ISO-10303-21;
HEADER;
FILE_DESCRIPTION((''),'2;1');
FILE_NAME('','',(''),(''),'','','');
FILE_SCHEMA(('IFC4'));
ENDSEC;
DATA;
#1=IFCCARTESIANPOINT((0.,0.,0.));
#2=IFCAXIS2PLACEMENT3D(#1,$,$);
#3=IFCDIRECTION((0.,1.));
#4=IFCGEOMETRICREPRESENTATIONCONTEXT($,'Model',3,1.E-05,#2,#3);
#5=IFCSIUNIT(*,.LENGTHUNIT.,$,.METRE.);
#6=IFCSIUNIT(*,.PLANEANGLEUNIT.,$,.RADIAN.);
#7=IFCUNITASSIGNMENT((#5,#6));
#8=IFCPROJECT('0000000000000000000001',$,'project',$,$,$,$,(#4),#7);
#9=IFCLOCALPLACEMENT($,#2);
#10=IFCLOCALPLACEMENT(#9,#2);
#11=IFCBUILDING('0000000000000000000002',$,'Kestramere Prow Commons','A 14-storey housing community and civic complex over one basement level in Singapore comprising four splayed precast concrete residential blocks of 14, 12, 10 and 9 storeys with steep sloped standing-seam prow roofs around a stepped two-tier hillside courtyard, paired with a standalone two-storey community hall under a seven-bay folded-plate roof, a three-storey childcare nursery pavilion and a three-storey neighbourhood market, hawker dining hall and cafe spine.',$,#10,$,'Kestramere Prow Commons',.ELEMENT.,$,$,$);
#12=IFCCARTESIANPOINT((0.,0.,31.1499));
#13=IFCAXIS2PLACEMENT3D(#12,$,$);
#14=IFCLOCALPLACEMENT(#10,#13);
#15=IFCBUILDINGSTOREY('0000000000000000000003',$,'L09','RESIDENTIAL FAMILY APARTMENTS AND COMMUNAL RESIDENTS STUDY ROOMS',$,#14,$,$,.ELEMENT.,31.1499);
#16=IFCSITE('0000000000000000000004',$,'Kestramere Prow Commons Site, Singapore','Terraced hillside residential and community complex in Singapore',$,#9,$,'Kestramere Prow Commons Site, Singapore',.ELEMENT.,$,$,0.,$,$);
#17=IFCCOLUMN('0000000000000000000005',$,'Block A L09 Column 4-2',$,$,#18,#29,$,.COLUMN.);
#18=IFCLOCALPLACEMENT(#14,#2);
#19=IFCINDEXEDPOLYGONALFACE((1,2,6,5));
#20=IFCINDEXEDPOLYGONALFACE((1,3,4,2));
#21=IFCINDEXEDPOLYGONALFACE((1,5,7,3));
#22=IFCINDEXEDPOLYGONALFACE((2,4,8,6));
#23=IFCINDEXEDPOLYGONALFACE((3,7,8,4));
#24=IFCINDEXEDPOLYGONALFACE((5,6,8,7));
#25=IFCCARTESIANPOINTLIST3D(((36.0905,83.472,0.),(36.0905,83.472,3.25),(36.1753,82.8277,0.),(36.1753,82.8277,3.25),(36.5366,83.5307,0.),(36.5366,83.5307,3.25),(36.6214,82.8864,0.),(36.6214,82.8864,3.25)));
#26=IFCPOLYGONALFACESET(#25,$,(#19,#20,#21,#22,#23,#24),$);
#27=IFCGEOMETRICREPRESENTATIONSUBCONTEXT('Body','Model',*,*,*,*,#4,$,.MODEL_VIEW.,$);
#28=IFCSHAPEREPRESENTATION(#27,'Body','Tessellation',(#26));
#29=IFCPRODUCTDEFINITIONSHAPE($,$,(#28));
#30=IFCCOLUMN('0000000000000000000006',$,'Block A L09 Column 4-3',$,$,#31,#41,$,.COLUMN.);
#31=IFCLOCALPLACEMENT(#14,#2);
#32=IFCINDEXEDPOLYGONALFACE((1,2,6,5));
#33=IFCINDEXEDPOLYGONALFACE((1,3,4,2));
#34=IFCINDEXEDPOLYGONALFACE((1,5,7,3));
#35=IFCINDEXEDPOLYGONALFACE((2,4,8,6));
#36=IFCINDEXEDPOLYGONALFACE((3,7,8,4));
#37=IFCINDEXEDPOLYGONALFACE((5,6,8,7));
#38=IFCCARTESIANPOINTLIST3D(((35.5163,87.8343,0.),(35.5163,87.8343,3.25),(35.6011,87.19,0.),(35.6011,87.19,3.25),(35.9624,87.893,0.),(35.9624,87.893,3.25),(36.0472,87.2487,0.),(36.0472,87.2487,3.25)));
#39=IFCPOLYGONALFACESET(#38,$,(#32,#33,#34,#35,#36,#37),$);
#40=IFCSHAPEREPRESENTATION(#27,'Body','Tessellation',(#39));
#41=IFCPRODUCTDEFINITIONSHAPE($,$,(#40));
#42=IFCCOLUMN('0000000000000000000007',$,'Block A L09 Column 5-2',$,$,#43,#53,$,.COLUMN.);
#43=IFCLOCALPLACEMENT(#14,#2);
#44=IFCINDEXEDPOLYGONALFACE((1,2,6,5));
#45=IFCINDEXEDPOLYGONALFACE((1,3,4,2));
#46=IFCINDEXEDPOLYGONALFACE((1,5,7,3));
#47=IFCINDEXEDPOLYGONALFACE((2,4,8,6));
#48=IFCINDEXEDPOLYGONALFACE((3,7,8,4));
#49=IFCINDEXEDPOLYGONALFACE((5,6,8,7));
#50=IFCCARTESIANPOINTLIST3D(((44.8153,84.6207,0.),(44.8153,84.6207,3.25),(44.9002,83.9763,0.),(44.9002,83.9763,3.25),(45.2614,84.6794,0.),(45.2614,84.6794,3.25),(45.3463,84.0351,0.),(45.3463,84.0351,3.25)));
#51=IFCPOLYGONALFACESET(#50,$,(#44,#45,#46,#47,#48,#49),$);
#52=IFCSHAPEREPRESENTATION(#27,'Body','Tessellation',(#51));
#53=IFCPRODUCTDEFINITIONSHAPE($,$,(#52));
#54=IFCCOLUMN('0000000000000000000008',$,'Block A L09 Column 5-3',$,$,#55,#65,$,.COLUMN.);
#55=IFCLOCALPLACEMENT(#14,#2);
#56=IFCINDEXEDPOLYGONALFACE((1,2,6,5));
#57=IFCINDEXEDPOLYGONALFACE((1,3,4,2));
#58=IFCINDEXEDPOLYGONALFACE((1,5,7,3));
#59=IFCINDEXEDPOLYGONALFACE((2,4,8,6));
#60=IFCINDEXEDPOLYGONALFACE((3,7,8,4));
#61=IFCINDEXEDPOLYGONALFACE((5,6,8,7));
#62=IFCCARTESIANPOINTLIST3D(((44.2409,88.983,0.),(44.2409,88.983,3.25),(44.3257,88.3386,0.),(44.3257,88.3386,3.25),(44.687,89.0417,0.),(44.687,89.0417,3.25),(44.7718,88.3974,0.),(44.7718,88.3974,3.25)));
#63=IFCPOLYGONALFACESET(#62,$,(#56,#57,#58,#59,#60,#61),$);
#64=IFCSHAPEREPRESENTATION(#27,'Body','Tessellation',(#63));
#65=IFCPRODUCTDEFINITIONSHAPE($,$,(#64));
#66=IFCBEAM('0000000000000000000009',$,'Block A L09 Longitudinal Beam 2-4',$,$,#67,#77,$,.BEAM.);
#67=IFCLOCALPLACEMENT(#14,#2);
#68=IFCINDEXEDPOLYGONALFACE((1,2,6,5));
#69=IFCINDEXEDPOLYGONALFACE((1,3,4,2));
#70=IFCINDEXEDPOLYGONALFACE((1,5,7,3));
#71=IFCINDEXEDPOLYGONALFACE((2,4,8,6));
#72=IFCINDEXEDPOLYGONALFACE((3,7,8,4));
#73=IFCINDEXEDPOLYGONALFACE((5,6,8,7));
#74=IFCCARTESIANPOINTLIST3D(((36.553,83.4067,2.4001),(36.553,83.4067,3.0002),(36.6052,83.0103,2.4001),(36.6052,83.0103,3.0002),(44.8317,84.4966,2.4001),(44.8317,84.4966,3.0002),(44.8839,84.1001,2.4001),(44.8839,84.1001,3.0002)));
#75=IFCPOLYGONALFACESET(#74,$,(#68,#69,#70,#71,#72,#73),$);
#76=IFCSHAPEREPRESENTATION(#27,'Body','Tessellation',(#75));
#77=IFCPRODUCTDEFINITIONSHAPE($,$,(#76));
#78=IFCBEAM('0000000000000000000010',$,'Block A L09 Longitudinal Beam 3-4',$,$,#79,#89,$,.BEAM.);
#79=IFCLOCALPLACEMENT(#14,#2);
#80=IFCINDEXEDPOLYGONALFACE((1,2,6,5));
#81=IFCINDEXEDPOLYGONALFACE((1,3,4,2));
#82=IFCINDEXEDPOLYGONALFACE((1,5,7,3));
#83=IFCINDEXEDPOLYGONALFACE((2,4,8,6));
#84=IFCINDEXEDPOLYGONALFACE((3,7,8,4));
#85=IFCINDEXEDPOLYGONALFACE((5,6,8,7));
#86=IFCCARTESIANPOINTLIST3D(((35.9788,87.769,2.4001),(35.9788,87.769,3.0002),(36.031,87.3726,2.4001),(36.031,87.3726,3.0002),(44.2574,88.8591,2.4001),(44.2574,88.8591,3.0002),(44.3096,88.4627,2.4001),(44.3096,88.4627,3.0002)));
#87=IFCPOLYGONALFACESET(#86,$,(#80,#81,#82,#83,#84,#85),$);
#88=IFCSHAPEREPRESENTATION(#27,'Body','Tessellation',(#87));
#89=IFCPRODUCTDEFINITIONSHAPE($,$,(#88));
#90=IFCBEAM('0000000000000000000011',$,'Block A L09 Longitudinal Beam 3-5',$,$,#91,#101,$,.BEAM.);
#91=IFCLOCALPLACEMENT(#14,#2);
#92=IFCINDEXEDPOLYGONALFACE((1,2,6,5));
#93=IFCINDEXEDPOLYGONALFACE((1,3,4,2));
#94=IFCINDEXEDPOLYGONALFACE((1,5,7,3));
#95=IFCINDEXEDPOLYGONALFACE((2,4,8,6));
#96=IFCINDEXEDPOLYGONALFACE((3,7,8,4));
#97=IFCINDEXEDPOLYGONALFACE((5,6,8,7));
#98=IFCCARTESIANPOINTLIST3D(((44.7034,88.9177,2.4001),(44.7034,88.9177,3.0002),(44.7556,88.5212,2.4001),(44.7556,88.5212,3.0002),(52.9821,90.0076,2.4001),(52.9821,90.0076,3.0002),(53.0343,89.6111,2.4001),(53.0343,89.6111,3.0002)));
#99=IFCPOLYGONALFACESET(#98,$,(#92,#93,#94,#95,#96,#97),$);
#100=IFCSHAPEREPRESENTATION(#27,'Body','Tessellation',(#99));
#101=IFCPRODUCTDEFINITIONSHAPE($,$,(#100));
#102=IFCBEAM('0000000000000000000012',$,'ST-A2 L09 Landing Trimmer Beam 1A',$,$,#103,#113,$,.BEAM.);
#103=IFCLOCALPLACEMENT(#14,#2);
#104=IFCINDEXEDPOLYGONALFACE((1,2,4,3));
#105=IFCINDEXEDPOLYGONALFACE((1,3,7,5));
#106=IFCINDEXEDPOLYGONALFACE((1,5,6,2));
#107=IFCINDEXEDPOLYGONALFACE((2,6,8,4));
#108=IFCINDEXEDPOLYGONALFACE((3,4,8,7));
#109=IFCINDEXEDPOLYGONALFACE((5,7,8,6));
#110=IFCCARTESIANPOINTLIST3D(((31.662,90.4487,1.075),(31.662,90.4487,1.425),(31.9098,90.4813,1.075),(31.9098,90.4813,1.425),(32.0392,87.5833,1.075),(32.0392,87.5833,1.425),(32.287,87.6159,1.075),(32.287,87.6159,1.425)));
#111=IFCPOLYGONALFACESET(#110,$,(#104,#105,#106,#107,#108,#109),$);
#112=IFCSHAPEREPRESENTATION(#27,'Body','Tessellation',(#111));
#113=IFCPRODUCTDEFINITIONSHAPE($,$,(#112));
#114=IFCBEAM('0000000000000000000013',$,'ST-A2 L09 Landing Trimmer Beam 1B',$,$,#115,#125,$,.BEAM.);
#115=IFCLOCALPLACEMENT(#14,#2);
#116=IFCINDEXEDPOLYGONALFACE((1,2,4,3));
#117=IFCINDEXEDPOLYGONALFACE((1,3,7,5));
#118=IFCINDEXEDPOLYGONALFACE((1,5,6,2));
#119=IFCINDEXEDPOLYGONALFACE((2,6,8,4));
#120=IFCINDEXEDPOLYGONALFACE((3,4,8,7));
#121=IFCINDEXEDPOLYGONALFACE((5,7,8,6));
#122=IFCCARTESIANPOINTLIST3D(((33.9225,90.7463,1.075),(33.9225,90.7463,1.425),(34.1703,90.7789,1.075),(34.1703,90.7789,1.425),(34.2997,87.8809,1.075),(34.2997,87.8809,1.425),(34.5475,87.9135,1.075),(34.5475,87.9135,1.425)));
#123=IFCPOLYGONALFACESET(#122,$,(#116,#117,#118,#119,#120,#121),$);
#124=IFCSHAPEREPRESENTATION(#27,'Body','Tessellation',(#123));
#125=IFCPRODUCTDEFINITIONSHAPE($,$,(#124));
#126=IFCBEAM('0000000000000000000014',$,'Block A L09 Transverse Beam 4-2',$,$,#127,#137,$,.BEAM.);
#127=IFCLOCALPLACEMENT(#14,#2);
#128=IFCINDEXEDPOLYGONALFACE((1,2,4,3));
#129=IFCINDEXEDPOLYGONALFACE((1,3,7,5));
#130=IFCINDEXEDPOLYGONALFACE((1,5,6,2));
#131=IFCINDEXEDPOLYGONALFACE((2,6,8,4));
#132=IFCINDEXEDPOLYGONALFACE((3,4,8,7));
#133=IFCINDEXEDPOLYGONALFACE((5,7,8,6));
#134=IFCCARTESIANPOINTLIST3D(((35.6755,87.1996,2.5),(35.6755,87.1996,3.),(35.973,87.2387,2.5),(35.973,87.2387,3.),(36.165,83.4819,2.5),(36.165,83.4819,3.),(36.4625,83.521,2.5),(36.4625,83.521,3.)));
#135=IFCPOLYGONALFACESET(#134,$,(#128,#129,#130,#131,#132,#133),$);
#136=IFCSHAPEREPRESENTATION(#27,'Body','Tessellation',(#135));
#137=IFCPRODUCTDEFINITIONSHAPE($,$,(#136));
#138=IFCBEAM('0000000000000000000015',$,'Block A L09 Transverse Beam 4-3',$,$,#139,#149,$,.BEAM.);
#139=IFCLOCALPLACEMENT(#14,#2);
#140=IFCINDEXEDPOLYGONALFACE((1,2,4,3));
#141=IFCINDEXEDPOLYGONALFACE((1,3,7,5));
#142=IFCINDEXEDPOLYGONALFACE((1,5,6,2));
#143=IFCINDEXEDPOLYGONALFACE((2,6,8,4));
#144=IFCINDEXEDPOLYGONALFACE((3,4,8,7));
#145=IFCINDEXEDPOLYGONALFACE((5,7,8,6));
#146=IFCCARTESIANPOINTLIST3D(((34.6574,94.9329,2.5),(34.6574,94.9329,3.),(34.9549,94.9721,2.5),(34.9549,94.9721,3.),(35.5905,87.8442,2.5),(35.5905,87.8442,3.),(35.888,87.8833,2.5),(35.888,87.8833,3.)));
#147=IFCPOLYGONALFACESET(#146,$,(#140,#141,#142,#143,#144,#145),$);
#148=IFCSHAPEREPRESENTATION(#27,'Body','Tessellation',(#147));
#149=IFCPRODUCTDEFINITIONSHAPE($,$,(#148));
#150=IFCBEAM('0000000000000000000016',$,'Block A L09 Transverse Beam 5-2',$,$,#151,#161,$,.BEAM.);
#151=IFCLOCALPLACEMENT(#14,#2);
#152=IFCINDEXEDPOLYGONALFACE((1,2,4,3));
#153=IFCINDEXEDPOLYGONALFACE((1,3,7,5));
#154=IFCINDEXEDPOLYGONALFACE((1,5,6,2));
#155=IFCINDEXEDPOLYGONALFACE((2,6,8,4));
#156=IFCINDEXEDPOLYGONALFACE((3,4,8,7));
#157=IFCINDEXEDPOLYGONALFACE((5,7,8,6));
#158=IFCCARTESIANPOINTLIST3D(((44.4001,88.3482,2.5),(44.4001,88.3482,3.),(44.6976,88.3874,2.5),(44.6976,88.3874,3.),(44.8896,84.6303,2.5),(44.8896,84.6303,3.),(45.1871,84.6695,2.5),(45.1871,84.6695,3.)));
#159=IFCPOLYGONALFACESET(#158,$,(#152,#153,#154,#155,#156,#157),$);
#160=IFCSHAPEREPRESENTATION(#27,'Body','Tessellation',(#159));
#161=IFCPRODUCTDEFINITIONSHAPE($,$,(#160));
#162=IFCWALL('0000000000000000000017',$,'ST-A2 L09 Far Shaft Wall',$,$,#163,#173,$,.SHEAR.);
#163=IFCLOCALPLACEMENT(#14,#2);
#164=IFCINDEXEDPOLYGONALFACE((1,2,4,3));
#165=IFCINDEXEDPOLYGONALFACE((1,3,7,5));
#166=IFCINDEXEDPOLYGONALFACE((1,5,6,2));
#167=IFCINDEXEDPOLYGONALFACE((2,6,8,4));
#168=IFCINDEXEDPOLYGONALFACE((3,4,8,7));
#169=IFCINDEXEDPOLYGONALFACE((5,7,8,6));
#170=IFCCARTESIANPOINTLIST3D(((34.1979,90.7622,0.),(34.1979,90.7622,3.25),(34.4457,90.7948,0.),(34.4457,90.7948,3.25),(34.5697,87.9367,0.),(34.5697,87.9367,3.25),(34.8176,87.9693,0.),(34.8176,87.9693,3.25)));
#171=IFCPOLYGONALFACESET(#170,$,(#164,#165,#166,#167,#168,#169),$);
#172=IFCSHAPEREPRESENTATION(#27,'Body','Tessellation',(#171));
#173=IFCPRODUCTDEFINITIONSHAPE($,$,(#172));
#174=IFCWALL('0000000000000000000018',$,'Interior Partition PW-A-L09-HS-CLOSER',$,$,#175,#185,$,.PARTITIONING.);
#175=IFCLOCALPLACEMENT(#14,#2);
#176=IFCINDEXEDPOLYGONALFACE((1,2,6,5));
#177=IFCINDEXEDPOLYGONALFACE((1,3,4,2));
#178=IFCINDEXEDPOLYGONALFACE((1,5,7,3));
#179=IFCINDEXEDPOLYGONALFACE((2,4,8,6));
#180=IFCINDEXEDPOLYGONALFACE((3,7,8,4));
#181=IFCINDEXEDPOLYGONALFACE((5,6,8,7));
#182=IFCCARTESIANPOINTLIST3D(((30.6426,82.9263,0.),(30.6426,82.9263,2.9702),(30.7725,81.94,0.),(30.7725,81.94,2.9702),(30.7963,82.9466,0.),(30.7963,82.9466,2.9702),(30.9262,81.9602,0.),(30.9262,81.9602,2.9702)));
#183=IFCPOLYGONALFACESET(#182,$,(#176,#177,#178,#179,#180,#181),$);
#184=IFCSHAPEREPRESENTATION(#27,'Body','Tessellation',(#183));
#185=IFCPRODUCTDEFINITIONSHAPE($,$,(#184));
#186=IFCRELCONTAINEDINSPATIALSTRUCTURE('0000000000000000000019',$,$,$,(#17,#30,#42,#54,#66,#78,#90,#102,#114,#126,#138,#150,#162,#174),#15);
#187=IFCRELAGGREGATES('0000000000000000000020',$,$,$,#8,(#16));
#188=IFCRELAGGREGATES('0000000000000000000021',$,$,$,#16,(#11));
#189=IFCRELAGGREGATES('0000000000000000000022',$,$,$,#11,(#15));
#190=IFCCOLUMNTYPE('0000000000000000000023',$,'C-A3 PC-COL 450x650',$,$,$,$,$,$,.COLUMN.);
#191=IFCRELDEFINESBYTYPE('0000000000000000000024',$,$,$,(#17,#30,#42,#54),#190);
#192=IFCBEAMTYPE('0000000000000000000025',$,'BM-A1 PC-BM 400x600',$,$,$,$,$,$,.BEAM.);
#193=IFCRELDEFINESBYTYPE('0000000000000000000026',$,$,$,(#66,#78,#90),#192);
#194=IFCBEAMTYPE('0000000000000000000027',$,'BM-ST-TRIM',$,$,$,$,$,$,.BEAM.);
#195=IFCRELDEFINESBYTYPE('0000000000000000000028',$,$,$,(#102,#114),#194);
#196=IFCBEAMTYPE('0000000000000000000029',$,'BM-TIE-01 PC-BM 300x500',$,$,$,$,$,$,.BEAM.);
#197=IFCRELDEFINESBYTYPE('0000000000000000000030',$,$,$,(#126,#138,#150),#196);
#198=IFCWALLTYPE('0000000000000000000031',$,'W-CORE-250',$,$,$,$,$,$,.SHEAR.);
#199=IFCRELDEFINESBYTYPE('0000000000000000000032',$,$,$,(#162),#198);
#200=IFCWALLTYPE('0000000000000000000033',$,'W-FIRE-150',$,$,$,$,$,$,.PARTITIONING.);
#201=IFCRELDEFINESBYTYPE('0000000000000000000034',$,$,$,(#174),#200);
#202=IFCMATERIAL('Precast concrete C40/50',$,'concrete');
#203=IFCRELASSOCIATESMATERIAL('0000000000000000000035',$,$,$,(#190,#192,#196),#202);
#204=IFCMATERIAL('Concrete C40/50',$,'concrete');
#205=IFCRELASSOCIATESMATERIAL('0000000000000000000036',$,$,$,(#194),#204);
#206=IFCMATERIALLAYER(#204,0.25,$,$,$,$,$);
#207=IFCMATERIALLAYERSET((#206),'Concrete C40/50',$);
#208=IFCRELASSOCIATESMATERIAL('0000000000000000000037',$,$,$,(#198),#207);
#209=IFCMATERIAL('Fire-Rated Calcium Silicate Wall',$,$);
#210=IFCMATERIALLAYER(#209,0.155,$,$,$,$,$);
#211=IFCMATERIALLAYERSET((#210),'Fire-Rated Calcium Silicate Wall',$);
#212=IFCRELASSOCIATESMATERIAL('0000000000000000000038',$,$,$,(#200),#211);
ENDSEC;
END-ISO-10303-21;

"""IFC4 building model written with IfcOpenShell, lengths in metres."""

from ifc_helpers import new_model, si_unit, direction, frame, frame_2d, origin, origin_2d, place, context, subcontext, project, spatial, rectangle, extrude, material, layer, layer_set, material_profile, profile_set, type_object, element, save


model = new_model("IFC4")

# Units and contexts
model_context = context("Model", 3, precision=1e-05, world=origin(), true_north=direction((0.0, 1.0)))
body_context = subcontext(model_context, "Body", "Model", "MODEL_VIEW")
ifc_project = project(units=[si_unit("LENGTHUNIT", "METRE"), si_unit("PLANEANGLEUNIT", "RADIAN")], contexts=[model_context])

# Site, building, storey
site_placement = place(None, origin())
site = spatial("IfcSite", under=ifc_project, at=site_placement, Name="Kestramere Prow Commons Site, Singapore", Description="Terraced hillside residential and community complex in Singapore", LongName="Kestramere Prow Commons Site, Singapore", CompositionType="ELEMENT", RefElevation=0.0)
building_placement = place(site_placement, origin())
building = spatial("IfcBuilding", under=site, at=building_placement, Name="Kestramere Prow Commons", Description="A 14-storey housing community and civic complex over one basement level in Singapore comprising four splayed precast concrete residential blocks of 14, 12, 10 and 9 storeys with steep sloped standing-seam prow roofs around a stepped two-tier hillside courtyard, paired with a standalone two-storey community hall under a seven-bay folded-plate roof, a three-storey childcare nursery pavilion and a three-storey neighbourhood market, hawker dining hall and cafe spine.", LongName="Kestramere Prow Commons", CompositionType="ELEMENT")
storey_placement = place(building_placement, frame((0.0, 0.0, 31.1499)))
storey = spatial("IfcBuildingStorey", under=building, at=storey_placement, Name="L09", Description="RESIDENTIAL FAMILY APARTMENTS AND COMMUNAL RESIDENTS STUDY ROOMS", CompositionType="ELEMENT", Elevation=31.1499)

# Columns
ifc_material_1 = material(Name="Precast concrete C40/50", Category="concrete")
ifc_material_profile_1 = material_profile(ifc_material_1, rectangle(XDim=0.45, YDim=0.6499, at=origin_2d()), Name="PC-COL 450x650")
ifc_profile_set_1 = profile_set([ifc_material_profile_1], Name="Precast concrete C40/50")
column_type = type_object("IfcColumnType", Name="C-A3 PC-COL 450x650", PredefinedType="COLUMN", material=ifc_profile_set_1)
for number, where, z_axis, x_axis, name in (
    (1, (36.356, 83.1792, 0.0), (0.0, 0.0, 1.0), (0.991445, 0.130526, 0.0), "Block A L09 Column 4-2"),
    (2, (35.7817, 87.5415, 0.0), (0.0, 0.0, 1.0), (0.991445, 0.130526, 0.0), "Block A L09 Column 4-3"),
    (3, (45.0808, 84.3279, 0.0), (0.0, 0.0, 1.0), (0.991445, 0.130526, 0.0), "Block A L09 Column 5-2"),
    (4, (44.5063, 88.6902, 0.0), (0.0, 0.0, 1.0), (0.991445, 0.130526, 0.0), "Block A L09 Column 5-3"),
):
    element("IfcColumn", number, at=place(storey_placement, frame(where, z_axis=z_axis, x_axis=x_axis)), inside=storey, type_object=column_type, Name=name, PredefinedType="COLUMN", context=body_context, shape_type="SweptSolid", body=[
        extrude(rectangle(XDim=0.45, YDim=0.6499, at=origin_2d()), origin(), (0.0, 0.0, 1.0), 3.25),
    ])

# Beams
ifc_material_profile_2 = material_profile(ifc_material_1, rectangle(XDim=0.3999, YDim=0.6001, at=origin_2d()), Name="PC-BM 400x600")
ifc_profile_set_2 = profile_set([ifc_material_profile_2], Name="Precast concrete C40/50")
beam_type_1 = type_object("IfcBeamType", Name="BM-A1 PC-BM 400x600", PredefinedType="BEAM", material=ifc_profile_set_2)
for number, where, z_axis, x_axis, name in (
    (5, (36.5791, 83.2085, 2.7002), (0.991446, 0.13052, 0.0), (-0.13052, 0.991446, 0.0), "Block A L09 Longitudinal Beam 2-4"),
    (6, (36.0049, 87.5708, 2.7002), (0.991442, 0.130549, 0.0), (-0.130549, 0.991442, 0.0), "Block A L09 Longitudinal Beam 3-4"),
    (7, (44.7295, 88.7195, 2.7002), (0.991446, 0.13052, 0.0), (-0.13052, 0.991446, 0.0), "Block A L09 Longitudinal Beam 3-5"),
):
    element("IfcBeam", number, at=place(storey_placement, frame(where, z_axis=z_axis, x_axis=x_axis)), inside=storey, type_object=beam_type_1, Name=name, PredefinedType="BEAM", context=body_context, shape_type="SweptSolid", body=[
        extrude(rectangle(XDim=0.3999, YDim=0.6001, at=origin_2d()), origin(), (0.0, 0.0, 1.0), 8.3501),
    ])
ifc_material_2 = material(Name="Concrete C40/50", Category="concrete")
ifc_material_profile_3 = material_profile(ifc_material_2, rectangle(XDim=0.25, YDim=0.3501, at=origin_2d()), Name="PC-BM 250x350")
ifc_profile_set_3 = profile_set([ifc_material_profile_3], Name="Concrete C40/50")
beam_type_2 = type_object("IfcBeamType", Name="BM-ST-TRIM", PredefinedType="BEAM", material=ifc_profile_set_3)
for number, where, z_axis, x_axis, name in (
    (8, (32.1631, 87.5996, 1.25), (-0.130509, 0.991447, 0.0), (-0.991447, -0.130509, 0.0), "ST-A2 L09 Landing Trimmer Beam 1A"),
    (9, (34.4236, 87.8972, 1.25), (-0.130509, 0.991447, 0.0), (-0.991447, -0.130509, 0.0), "ST-A2 L09 Landing Trimmer Beam 1B"),
):
    element("IfcBeam", number, at=place(storey_placement, frame(where, z_axis=z_axis, x_axis=x_axis)), inside=storey, type_object=beam_type_2, Name=name, PredefinedType="BEAM", context=body_context, shape_type="SweptSolid", body=[
        extrude(rectangle(XDim=0.25, YDim=0.3501, at=origin_2d()), origin(), (0.0, 0.0, 1.0), 2.8901),
    ])
ifc_material_profile_4 = material_profile(ifc_material_1, rectangle(XDim=0.3, YDim=0.5, at=origin_2d()), Name="PC-BM 300x500")
ifc_profile_set_4 = profile_set([ifc_material_profile_4], Name="Precast concrete C40/50")
beam_type_3 = type_object("IfcBeamType", Name="BM-TIE-01 PC-BM 300x500", PredefinedType="BEAM", material=ifc_profile_set_4)
beam_1_placement = place(storey_placement, frame((36.3137, 83.5015, 2.75), z_axis=(-0.130539, 0.991443, 0.0), x_axis=(-0.991443, -0.130539, 0.0)))
element("IfcBeam", 10, at=beam_1_placement, inside=storey, type_object=beam_type_3, Name="Block A L09 Transverse Beam 4-2", PredefinedType="BEAM", context=body_context, shape_type="SweptSolid", body=[
    extrude(rectangle(XDim=0.3, YDim=0.5, at=origin_2d()), origin(), (0.0, 0.0, 1.0), 3.7498),
])
beam_2_placement = place(storey_placement, frame((35.7393, 87.8638, 2.75), z_axis=(-0.130504, 0.991448, 0.0), x_axis=(-0.991448, -0.130504, 0.0)))
element("IfcBeam", 11, at=beam_2_placement, inside=storey, type_object=beam_type_3, Name="Block A L09 Transverse Beam 4-3", PredefinedType="BEAM", context=body_context, shape_type="SweptSolid", body=[
    extrude(rectangle(XDim=0.3, YDim=0.5, at=origin_2d()), origin(), (0.0, 0.0, 1.0), 7.1499),
])
beam_3_placement = place(storey_placement, frame((45.0383, 84.6499, 2.75), z_axis=(-0.13053, 0.991444, 0.0), x_axis=(-0.991444, -0.13053, 0.0)))
element("IfcBeam", 12, at=beam_3_placement, inside=storey, type_object=beam_type_3, Name="Block A L09 Transverse Beam 5-2", PredefinedType="BEAM", context=body_context, shape_type="SweptSolid", body=[
    extrude(rectangle(XDim=0.3, YDim=0.5, at=origin_2d()), origin(), (0.0, 0.0, 1.0), 3.75),
])

# Walls
ifc_layer_1 = layer(ifc_material_2, 0.25)
ifc_layer_set_1 = layer_set([ifc_layer_1], Name="Concrete C40/50")
wall_type_1 = type_object("IfcWallType", Name="W-CORE-250", PredefinedType="SHEAR", material=ifc_layer_set_1)
wall_1_placement = place(storey_placement, frame((34.6936, 87.9531, 0.0), z_axis=(0.0, 0.0, 1.0), x_axis=(-0.130474, 0.991452, 0.0)))
element("IfcWall", 13, at=wall_1_placement, inside=storey, type_object=wall_type_1, Name="ST-A2 L09 Far Shaft Wall", PredefinedType="SHEAR", context=body_context, shape_type="SweptSolid", body=[
    extrude(rectangle(XDim=2.8499, YDim=0.25, at=frame_2d((1.4248, 0.0))), origin(), (0.0, 0.0, 1.0), 3.25),
])
ifc_material_3 = material(Name="Fire-Rated Calcium Silicate Wall")
ifc_layer_2 = layer(ifc_material_3, 0.155)
ifc_layer_set_2 = layer_set([ifc_layer_2], Name="Fire-Rated Calcium Silicate Wall")
wall_type_2 = type_object("IfcWallType", Name="W-FIRE-150", PredefinedType="PARTITIONING", material=ifc_layer_set_2)
wall_2_placement = place(storey_placement, frame((30.8494, 81.95, 0.0), z_axis=(0.0, 0.0, 1.0), x_axis=(-0.130556, 0.991441, 0.0)))
element("IfcWall", 14, at=wall_2_placement, inside=storey, type_object=wall_type_2, Name="Interior Partition PW-A-L09-HS-CLOSER", PredefinedType="PARTITIONING", context=body_context, shape_type="SweptSolid", body=[
    extrude(rectangle(XDim=0.9949, YDim=0.155, at=frame_2d((0.4976, 0.0))), origin(), (0.0, 0.0, 1.0), 2.9702),
])

save(model, "model.ifc")
